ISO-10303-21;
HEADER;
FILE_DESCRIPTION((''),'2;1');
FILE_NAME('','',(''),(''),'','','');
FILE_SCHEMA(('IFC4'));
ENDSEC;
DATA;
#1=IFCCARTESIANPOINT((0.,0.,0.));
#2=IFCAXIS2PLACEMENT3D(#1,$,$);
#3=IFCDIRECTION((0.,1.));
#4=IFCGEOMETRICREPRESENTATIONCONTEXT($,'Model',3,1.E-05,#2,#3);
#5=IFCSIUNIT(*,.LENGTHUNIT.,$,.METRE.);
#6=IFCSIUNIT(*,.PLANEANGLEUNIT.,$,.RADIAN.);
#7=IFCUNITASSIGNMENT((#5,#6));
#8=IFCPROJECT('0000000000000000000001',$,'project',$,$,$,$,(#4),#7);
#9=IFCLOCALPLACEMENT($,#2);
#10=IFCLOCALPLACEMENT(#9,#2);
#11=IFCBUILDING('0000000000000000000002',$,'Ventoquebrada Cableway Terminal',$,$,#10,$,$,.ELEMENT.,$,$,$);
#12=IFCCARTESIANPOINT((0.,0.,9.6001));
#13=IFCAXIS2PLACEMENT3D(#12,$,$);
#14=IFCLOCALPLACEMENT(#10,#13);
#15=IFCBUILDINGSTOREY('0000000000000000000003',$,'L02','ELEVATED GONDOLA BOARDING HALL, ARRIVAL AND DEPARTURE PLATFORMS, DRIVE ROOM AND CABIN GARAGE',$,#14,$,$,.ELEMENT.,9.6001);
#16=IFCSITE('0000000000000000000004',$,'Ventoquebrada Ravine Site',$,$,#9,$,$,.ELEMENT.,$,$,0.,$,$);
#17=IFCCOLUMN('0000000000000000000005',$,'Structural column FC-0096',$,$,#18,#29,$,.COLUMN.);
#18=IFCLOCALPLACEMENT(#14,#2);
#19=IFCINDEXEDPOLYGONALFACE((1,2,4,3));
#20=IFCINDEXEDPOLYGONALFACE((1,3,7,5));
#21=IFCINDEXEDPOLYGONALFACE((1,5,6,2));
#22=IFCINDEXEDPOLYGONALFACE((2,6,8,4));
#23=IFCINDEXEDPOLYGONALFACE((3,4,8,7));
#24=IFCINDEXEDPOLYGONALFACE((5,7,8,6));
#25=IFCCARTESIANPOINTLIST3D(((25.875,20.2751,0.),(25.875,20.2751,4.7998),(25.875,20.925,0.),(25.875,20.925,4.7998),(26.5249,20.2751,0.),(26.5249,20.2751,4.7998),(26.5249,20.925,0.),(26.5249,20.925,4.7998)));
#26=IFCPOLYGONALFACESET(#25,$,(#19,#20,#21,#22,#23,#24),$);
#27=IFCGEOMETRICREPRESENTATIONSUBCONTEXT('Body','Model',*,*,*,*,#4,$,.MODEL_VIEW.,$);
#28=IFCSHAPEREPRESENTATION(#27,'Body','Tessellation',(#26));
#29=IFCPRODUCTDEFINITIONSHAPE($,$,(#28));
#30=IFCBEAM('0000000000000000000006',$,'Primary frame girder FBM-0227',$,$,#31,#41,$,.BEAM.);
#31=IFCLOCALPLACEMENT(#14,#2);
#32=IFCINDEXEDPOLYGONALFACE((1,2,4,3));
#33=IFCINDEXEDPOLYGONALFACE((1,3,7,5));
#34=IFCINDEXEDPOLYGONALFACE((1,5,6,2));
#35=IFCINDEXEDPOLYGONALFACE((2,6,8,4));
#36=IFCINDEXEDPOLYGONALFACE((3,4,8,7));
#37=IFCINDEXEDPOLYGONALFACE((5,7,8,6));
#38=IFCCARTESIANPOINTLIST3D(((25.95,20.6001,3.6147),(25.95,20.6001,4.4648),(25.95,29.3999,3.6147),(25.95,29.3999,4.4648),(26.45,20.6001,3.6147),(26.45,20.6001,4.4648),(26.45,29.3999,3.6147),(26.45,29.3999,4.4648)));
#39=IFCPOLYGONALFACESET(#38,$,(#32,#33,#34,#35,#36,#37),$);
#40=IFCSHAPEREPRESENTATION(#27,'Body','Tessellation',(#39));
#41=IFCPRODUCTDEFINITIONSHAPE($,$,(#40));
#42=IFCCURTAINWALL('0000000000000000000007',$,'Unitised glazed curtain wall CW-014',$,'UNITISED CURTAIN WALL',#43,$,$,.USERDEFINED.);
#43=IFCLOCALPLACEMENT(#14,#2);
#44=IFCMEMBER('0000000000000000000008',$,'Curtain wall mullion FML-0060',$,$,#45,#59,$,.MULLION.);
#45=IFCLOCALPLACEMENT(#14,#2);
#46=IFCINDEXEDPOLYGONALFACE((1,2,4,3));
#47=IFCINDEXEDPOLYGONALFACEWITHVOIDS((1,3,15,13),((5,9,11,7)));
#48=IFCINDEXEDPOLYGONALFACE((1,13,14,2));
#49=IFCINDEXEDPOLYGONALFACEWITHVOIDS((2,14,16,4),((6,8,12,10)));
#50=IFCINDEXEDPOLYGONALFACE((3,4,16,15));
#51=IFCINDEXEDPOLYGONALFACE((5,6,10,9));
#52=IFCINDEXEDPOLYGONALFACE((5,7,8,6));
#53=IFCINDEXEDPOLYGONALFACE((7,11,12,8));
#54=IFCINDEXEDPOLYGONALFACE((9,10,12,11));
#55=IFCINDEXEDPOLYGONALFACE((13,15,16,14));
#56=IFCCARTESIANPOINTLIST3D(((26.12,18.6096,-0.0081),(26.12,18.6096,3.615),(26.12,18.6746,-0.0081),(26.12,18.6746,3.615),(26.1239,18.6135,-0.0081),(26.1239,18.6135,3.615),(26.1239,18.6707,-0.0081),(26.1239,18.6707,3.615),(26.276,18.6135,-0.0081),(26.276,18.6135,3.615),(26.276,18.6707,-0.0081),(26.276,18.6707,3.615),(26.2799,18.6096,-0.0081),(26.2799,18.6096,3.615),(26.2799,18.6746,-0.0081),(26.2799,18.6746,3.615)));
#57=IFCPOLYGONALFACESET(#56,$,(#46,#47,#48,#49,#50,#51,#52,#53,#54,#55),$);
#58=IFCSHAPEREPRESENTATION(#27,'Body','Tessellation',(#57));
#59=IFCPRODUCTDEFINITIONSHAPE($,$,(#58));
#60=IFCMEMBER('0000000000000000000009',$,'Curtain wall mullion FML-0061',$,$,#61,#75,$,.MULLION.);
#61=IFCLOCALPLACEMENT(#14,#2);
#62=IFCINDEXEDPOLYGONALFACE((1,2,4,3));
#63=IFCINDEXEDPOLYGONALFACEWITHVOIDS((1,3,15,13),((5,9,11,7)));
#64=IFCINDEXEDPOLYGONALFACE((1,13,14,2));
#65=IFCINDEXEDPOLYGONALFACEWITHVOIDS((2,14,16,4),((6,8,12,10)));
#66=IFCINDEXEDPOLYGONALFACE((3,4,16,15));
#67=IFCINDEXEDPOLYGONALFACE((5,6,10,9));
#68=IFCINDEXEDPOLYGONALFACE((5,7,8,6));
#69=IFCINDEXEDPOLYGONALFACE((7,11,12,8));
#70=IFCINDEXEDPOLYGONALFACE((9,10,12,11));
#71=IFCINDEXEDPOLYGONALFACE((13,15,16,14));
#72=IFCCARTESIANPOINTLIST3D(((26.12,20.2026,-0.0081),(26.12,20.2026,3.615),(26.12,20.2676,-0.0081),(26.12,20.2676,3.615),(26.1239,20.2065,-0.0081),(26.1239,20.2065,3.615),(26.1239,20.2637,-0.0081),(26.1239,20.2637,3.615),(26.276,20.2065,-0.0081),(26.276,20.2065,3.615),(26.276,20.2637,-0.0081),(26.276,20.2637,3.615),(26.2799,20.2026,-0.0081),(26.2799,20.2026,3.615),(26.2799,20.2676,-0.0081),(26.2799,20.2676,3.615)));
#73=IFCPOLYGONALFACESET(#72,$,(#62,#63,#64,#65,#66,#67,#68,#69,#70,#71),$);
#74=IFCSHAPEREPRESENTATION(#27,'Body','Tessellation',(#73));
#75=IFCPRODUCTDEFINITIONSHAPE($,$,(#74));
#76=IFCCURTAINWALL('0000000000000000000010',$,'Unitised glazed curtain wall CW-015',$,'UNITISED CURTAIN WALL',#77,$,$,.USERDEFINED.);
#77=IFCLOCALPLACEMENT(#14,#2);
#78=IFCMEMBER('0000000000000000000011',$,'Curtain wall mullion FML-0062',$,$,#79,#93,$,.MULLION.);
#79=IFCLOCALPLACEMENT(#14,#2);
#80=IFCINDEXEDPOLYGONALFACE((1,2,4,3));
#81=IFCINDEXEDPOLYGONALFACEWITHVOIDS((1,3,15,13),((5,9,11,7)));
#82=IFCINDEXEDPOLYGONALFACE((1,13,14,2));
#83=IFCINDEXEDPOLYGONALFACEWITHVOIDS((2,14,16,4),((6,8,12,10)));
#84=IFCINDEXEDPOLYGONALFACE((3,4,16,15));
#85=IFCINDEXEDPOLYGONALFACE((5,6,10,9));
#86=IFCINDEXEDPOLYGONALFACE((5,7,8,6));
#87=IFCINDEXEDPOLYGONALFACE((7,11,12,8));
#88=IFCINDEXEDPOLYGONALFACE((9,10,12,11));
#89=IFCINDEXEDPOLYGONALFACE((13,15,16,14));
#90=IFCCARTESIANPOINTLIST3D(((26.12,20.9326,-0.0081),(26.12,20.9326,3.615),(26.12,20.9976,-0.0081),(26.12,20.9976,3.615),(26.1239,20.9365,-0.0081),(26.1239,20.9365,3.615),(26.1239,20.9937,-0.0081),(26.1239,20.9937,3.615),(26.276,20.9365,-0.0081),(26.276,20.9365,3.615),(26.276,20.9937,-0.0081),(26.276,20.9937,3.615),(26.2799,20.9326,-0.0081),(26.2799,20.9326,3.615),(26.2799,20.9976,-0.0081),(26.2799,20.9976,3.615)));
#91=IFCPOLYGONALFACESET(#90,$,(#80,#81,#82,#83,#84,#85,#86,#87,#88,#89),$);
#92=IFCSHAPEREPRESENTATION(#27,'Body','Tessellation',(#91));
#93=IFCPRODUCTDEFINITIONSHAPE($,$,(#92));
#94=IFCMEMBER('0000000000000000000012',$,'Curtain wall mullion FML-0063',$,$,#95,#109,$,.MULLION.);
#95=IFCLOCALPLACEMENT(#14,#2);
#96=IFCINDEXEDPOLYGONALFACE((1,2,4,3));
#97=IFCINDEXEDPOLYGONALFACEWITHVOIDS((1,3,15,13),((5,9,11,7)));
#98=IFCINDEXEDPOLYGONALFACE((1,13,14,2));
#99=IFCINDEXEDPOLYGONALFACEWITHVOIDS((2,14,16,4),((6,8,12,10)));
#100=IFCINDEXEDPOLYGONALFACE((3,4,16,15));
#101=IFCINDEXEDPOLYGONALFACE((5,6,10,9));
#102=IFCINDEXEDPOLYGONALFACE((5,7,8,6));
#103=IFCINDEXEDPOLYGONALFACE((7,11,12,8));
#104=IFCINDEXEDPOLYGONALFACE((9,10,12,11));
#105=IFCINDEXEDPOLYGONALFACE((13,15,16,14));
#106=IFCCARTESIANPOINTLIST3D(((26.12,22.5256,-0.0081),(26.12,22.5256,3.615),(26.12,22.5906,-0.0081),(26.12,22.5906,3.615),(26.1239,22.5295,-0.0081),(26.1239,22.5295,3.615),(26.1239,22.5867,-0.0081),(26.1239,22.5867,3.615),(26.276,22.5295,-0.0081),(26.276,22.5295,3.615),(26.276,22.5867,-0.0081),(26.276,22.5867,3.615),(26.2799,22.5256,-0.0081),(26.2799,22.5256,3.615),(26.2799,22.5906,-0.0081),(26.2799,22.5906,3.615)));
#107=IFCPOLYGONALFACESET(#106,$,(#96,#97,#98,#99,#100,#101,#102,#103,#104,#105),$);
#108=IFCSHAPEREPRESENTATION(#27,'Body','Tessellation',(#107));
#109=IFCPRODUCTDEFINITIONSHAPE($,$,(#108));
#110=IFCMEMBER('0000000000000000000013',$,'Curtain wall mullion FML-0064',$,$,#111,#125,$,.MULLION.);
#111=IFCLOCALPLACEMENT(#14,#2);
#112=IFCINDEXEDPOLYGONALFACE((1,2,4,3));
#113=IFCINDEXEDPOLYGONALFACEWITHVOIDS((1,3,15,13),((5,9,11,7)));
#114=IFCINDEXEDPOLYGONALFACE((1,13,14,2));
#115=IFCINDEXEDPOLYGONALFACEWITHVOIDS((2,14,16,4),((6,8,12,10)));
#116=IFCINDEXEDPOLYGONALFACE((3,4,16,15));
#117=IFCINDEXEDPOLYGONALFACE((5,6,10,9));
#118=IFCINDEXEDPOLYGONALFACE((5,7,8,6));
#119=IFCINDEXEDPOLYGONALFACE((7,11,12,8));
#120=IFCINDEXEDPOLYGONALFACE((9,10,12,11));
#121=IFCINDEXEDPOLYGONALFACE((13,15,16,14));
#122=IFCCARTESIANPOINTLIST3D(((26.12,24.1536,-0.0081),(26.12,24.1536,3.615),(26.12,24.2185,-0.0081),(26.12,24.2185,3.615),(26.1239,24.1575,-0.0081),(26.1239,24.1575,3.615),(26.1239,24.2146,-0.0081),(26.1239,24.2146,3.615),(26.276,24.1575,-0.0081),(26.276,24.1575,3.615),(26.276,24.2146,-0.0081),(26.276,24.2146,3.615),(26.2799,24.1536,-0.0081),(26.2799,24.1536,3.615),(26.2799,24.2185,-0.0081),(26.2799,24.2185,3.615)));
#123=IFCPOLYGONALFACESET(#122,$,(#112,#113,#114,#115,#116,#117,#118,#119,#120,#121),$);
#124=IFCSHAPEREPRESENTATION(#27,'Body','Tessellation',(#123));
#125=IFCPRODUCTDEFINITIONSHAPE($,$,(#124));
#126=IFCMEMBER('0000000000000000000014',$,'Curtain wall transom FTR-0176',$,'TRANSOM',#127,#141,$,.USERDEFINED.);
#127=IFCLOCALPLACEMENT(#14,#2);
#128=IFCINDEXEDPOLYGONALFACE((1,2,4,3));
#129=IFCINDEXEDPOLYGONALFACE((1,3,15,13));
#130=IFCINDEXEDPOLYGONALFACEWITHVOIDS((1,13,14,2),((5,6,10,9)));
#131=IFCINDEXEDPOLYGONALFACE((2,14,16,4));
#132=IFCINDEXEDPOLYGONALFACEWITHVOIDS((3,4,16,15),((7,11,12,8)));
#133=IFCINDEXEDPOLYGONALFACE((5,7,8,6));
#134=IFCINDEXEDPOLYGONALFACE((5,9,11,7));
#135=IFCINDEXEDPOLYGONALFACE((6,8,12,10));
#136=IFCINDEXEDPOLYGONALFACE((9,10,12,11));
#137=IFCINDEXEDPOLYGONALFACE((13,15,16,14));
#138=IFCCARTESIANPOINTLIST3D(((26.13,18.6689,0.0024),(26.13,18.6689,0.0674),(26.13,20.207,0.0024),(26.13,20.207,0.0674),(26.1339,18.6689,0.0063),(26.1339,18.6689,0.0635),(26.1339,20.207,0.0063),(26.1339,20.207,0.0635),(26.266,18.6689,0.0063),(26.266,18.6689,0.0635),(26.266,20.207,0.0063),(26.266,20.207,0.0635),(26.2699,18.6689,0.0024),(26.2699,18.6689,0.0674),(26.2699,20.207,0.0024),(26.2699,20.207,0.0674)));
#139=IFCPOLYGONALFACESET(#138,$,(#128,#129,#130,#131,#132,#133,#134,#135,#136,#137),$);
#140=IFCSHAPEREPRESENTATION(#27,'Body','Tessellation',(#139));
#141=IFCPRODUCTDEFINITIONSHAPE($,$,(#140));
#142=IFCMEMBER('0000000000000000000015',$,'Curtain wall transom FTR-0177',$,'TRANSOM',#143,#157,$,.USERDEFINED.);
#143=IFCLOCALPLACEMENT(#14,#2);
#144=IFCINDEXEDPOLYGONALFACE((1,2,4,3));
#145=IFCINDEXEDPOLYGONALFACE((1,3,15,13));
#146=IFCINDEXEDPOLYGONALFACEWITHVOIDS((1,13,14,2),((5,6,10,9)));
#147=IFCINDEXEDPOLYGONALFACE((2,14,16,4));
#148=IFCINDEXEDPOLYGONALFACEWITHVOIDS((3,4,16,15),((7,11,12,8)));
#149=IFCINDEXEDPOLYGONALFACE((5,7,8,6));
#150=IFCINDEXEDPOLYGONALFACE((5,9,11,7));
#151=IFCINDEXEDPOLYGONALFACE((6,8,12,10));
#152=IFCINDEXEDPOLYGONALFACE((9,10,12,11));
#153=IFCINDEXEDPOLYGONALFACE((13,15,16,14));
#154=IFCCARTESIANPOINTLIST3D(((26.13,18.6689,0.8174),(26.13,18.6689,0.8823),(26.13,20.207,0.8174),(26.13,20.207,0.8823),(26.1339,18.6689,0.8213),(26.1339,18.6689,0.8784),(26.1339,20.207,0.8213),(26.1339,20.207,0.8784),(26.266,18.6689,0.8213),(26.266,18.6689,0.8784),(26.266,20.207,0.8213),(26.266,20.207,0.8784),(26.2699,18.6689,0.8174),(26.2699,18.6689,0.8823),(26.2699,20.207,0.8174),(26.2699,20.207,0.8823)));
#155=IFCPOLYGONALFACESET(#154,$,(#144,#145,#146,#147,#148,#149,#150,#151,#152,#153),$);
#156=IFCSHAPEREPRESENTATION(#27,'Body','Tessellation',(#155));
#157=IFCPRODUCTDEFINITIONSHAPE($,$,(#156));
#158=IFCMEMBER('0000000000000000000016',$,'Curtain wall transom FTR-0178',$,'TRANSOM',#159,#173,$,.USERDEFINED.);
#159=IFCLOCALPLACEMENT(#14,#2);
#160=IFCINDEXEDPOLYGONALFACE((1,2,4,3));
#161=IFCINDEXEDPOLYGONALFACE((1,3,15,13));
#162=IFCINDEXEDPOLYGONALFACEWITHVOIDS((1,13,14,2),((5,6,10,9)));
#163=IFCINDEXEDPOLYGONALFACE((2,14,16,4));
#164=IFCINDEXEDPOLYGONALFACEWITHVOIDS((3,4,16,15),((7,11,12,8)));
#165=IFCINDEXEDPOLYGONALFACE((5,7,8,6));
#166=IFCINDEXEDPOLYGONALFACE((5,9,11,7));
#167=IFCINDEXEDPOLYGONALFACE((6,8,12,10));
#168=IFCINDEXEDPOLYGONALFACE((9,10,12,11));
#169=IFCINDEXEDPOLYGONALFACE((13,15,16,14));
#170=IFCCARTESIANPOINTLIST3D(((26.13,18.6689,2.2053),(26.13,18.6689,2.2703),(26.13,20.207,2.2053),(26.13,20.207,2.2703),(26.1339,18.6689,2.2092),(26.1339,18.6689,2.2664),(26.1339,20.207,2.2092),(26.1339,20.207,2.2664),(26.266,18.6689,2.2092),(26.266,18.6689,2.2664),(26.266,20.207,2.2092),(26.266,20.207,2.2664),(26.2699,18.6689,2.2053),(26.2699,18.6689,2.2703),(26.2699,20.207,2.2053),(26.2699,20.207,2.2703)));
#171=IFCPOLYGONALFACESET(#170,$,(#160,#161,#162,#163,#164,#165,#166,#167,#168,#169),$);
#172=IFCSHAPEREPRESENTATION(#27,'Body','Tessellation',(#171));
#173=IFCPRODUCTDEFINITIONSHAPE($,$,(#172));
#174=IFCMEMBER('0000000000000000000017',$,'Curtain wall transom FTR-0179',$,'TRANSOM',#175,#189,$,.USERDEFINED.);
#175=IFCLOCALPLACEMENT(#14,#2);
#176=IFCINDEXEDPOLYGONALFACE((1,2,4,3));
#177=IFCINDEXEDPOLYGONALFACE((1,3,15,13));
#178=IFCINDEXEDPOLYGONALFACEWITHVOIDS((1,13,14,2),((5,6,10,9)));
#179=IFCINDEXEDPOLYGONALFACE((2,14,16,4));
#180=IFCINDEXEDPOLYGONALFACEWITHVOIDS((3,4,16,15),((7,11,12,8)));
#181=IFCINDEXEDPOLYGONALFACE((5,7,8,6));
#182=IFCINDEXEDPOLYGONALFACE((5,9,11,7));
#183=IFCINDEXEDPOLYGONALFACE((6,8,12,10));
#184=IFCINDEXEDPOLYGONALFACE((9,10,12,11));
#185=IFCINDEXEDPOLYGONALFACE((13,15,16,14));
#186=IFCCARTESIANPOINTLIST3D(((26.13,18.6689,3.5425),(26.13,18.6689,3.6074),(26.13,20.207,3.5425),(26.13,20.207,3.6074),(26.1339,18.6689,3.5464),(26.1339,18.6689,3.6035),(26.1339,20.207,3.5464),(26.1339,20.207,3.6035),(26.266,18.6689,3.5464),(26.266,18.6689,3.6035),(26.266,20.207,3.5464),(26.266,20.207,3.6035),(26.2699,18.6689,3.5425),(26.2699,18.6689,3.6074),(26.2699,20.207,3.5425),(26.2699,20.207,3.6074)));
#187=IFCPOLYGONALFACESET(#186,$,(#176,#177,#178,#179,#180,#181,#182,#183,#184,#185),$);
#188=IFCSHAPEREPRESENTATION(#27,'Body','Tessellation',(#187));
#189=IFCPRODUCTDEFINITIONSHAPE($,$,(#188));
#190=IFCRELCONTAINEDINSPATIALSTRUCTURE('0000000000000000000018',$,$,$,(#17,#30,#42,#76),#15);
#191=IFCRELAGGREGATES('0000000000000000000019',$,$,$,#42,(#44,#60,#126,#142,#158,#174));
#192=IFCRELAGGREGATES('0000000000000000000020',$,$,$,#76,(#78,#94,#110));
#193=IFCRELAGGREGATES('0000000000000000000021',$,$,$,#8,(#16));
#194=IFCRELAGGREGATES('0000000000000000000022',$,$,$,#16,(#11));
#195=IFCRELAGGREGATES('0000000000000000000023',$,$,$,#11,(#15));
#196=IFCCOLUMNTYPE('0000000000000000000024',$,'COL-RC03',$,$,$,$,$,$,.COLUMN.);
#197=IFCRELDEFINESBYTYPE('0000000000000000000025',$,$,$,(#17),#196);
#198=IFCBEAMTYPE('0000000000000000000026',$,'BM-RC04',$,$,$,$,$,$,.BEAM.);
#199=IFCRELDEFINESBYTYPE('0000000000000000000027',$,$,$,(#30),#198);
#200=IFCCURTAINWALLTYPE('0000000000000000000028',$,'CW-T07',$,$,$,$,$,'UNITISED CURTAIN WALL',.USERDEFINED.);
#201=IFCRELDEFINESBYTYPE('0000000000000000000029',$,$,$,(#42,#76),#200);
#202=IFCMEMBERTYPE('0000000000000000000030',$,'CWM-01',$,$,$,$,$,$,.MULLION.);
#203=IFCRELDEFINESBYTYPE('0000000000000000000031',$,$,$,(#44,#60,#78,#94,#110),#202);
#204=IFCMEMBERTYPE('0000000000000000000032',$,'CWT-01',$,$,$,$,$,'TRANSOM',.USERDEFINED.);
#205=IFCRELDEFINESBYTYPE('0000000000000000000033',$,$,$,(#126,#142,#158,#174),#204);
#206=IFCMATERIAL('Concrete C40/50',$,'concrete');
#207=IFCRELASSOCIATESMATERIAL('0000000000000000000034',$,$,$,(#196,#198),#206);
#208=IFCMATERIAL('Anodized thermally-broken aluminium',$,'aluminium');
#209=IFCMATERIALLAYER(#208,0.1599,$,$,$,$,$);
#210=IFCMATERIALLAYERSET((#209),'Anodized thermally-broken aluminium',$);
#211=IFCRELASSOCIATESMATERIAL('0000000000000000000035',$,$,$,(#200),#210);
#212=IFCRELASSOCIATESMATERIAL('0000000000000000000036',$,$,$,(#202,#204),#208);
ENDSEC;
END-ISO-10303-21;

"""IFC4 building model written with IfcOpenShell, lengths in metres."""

from ifc_helpers import new_model, si_unit, direction, frame, origin, origin_2d, place, context, subcontext, project, spatial, rectangle, hollow_rectangle, extrude, material, layer, layer_set, material_profile, profile_set, type_object, element, aggregate, save


model = new_model("IFC4")

# Units and contexts
model_context = context("Model", 3, precision=1e-05, world=origin(), true_north=direction((0.0, 1.0)))
body_context = subcontext(model_context, "Body", "Model", "MODEL_VIEW")
ifc_project = project(units=[si_unit("LENGTHUNIT", "METRE"), si_unit("PLANEANGLEUNIT", "RADIAN")], contexts=[model_context])

# Site, building, storey
site_placement = place(None, origin())
site = spatial("IfcSite", under=ifc_project, at=site_placement, Name="Ventoquebrada Ravine Site", CompositionType="ELEMENT", RefElevation=0.0)
building_placement = place(site_placement, origin())
building = spatial("IfcBuilding", under=site, at=building_placement, Name="Ventoquebrada Cableway Terminal", CompositionType="ELEMENT")
storey_placement = place(building_placement, frame((0.0, 0.0, 9.6001)))
storey = spatial("IfcBuildingStorey", under=building, at=storey_placement, Name="L02", Description="ELEVATED GONDOLA BOARDING HALL, ARRIVAL AND DEPARTURE PLATFORMS, DRIVE ROOM AND CABIN GARAGE", CompositionType="ELEMENT", Elevation=9.6001)

# Column
ifc_material_1 = material(Name="Concrete C40/50", Category="concrete")
ifc_material_profile_1 = material_profile(ifc_material_1, rectangle(XDim=0.6499, YDim=0.6499, at=origin_2d()), Name="RC-COL-650X650")
ifc_profile_set_1 = profile_set([ifc_material_profile_1], Name="Concrete C40/50")
column_type = type_object("IfcColumnType", Name="COL-RC03", PredefinedType="COLUMN", material=ifc_profile_set_1)
column_placement = place(storey_placement, frame((26.2, 20.6001, 0.0), z_axis=(0.0, 0.0, 1.0), x_axis=(1.0, 0.0, 0.0)))
element("IfcColumn", 1, at=column_placement, inside=storey, type_object=column_type, Name="Structural column FC-0096", PredefinedType="COLUMN", context=body_context, shape_type="SweptSolid", body=[
    extrude(rectangle(XDim=0.6499, YDim=0.6499, at=origin_2d()), origin(), (0.0, 0.0, 1.0), 4.7998),
])

# Beam
ifc_material_profile_2 = material_profile(ifc_material_1, rectangle(XDim=0.5, YDim=0.8501, at=origin_2d()), Name="RC-BM-500X850")
ifc_profile_set_2 = profile_set([ifc_material_profile_2], Name="Concrete C40/50")
beam_type = type_object("IfcBeamType", Name="BM-RC04", PredefinedType="BEAM", material=ifc_profile_set_2)
beam_placement = place(storey_placement, frame((26.2, 20.6001, 4.0398), z_axis=(0.0, 1.0, 0.0), x_axis=(-1.0, 0.0, 0.0)))
element("IfcBeam", 2, at=beam_placement, inside=storey, type_object=beam_type, Name="Primary frame girder FBM-0227", PredefinedType="BEAM", context=body_context, shape_type="SweptSolid", body=[
    extrude(rectangle(XDim=0.5, YDim=0.8501, at=origin_2d()), origin(), (0.0, 0.0, 1.0), 8.7998),
])

# Curtain walls, members
ifc_material_2 = material(Name="Anodized thermally-broken aluminium", Category="aluminium")
ifc_layer_1 = layer(ifc_material_2, 0.1599)
ifc_layer_set_1 = layer_set([ifc_layer_1], Name="Anodized thermally-broken aluminium")
curtain_wall_type = type_object("IfcCurtainWallType", Name="CW-T07", ElementType="UNITISED CURTAIN WALL", PredefinedType="USERDEFINED", material=ifc_layer_set_1)
curtain_wall_1_placement = place(storey_placement, origin())
curtain_wall_1 = element("IfcCurtainWall", 3, at=curtain_wall_1_placement, inside=storey, type_object=curtain_wall_type, Name="Unitised glazed curtain wall CW-014", ObjectType="UNITISED CURTAIN WALL", PredefinedType="USERDEFINED")
ifc_material_profile_3 = material_profile(ifc_material_2, hollow_rectangle(XDim=0.0649, YDim=0.1599, WallThickness=0.0039, at=origin_2d()), Name="CW-MUL-65X160")
ifc_profile_set_3 = profile_set([ifc_material_profile_3], Name="Anodized thermally-broken aluminium")
member_type_1 = type_object("IfcMemberType", Name="CWM-01", PredefinedType="MULLION", material=ifc_profile_set_3)
member_1_placement = place(storey_placement, frame((26.2, 18.6421, -0.0081), z_axis=(0.0, 0.0, 1.0), x_axis=(0.0, 1.0, 0.0)))
member_1 = element("IfcMember", 4, at=member_1_placement, type_object=member_type_1, Name="Curtain wall mullion FML-0060", PredefinedType="MULLION", context=body_context, shape_type="SweptSolid", body=[
    extrude(hollow_rectangle(XDim=0.0649, YDim=0.1599, WallThickness=0.0039, at=origin_2d()), origin(), (0.0, 0.0, 1.0), 3.623),
])
member_2_placement = place(storey_placement, frame((26.2, 20.2351, -0.0081), z_axis=(0.0, 0.0, 1.0), x_axis=(0.0, 1.0, 0.0)))
member_2 = element("IfcMember", 5, at=member_2_placement, type_object=member_type_1, Name="Curtain wall mullion FML-0061", PredefinedType="MULLION", context=body_context, shape_type="SweptSolid", body=[
    extrude(hollow_rectangle(XDim=0.0649, YDim=0.1599, WallThickness=0.0039, at=origin_2d()), origin(), (0.0, 0.0, 1.0), 3.623),
])
curtain_wall_2_placement = place(storey_placement, origin())
curtain_wall_2 = element("IfcCurtainWall", 6, at=curtain_wall_2_placement, inside=storey, type_object=curtain_wall_type, Name="Unitised glazed curtain wall CW-015", ObjectType="UNITISED CURTAIN WALL", PredefinedType="USERDEFINED")
member_3_placement = place(storey_placement, frame((26.2, 20.9651, -0.0081), z_axis=(0.0, 0.0, 1.0), x_axis=(0.0, 1.0, 0.0)))
member_3 = element("IfcMember", 7, at=member_3_placement, type_object=member_type_1, Name="Curtain wall mullion FML-0062", PredefinedType="MULLION", context=body_context, shape_type="SweptSolid", body=[
    extrude(hollow_rectangle(XDim=0.0649, YDim=0.1599, WallThickness=0.0039, at=origin_2d()), origin(), (0.0, 0.0, 1.0), 3.623),
])
member_4_placement = place(storey_placement, frame((26.2, 22.5581, -0.0081), z_axis=(0.0, 0.0, 1.0), x_axis=(0.0, 1.0, 0.0)))
member_4 = element("IfcMember", 8, at=member_4_placement, type_object=member_type_1, Name="Curtain wall mullion FML-0063", PredefinedType="MULLION", context=body_context, shape_type="SweptSolid", body=[
    extrude(hollow_rectangle(XDim=0.0649, YDim=0.1599, WallThickness=0.0039, at=origin_2d()), origin(), (0.0, 0.0, 1.0), 3.623),
])
member_5_placement = place(storey_placement, frame((26.2, 24.186, -0.0081), z_axis=(0.0, 0.0, 1.0), x_axis=(0.0, 1.0, 0.0)))
member_5 = element("IfcMember", 9, at=member_5_placement, type_object=member_type_1, Name="Curtain wall mullion FML-0064", PredefinedType="MULLION", context=body_context, shape_type="SweptSolid", body=[
    extrude(hollow_rectangle(XDim=0.0649, YDim=0.1599, WallThickness=0.0039, at=origin_2d()), origin(), (0.0, 0.0, 1.0), 3.623),
])

# Members
ifc_material_profile_4 = material_profile(ifc_material_2, hollow_rectangle(XDim=0.0649, YDim=0.1399, WallThickness=0.0039, at=origin_2d()), Name="CW-TRN-65X140")
ifc_profile_set_4 = profile_set([ifc_material_profile_4], Name="Anodized thermally-broken aluminium")
member_type_2 = type_object("IfcMemberType", Name="CWT-01", ElementType="TRANSOM", PredefinedType="USERDEFINED", material=ifc_profile_set_4)
member_6_placement = place(storey_placement, frame((26.2, 18.6689, 0.0349), z_axis=(0.0, 1.0, 0.0), x_axis=(0.0, 0.0, 1.0)))
member_6 = element("IfcMember", 10, at=member_6_placement, type_object=member_type_2, Name="Curtain wall transom FTR-0176", ObjectType="TRANSOM", PredefinedType="USERDEFINED", context=body_context, shape_type="SweptSolid", body=[
    extrude(hollow_rectangle(XDim=0.0649, YDim=0.1399, WallThickness=0.0039, at=origin_2d()), origin(), (0.0, 0.0, 1.0), 1.5381),
])
member_7_placement = place(storey_placement, frame((26.2, 18.6689, 0.8499), z_axis=(0.0, 1.0, 0.0), x_axis=(0.0, 0.0, 1.0)))
member_7 = element("IfcMember", 11, at=member_7_placement, type_object=member_type_2, Name="Curtain wall transom FTR-0177", ObjectType="TRANSOM", PredefinedType="USERDEFINED", context=body_context, shape_type="SweptSolid", body=[
    extrude(hollow_rectangle(XDim=0.0649, YDim=0.1399, WallThickness=0.0039, at=origin_2d()), origin(), (0.0, 0.0, 1.0), 1.5381),
])
member_8_placement = place(storey_placement, frame((26.2, 18.6689, 2.2378), z_axis=(0.0, 1.0, 0.0), x_axis=(0.0, 0.0, 1.0)))
member_8 = element("IfcMember", 12, at=member_8_placement, type_object=member_type_2, Name="Curtain wall transom FTR-0178", ObjectType="TRANSOM", PredefinedType="USERDEFINED", context=body_context, shape_type="SweptSolid", body=[
    extrude(hollow_rectangle(XDim=0.0649, YDim=0.1399, WallThickness=0.0039, at=origin_2d()), origin(), (0.0, 0.0, 1.0), 1.5381),
])
member_9_placement = place(storey_placement, frame((26.2, 18.6689, 3.575), z_axis=(0.0, 1.0, 0.0), x_axis=(0.0, 0.0, 1.0)))
member_9 = element("IfcMember", 13, at=member_9_placement, type_object=member_type_2, Name="Curtain wall transom FTR-0179", ObjectType="TRANSOM", PredefinedType="USERDEFINED", context=body_context, shape_type="SweptSolid", body=[
    extrude(hollow_rectangle(XDim=0.0649, YDim=0.1399, WallThickness=0.0039, at=origin_2d()), origin(), (0.0, 0.0, 1.0), 1.5381),
])

aggregate(curtain_wall_1, [member_1, member_2, member_6, member_7, member_8, member_9])
aggregate(curtain_wall_2, [member_3, member_4, member_5])

save(model, "model.ifc")
